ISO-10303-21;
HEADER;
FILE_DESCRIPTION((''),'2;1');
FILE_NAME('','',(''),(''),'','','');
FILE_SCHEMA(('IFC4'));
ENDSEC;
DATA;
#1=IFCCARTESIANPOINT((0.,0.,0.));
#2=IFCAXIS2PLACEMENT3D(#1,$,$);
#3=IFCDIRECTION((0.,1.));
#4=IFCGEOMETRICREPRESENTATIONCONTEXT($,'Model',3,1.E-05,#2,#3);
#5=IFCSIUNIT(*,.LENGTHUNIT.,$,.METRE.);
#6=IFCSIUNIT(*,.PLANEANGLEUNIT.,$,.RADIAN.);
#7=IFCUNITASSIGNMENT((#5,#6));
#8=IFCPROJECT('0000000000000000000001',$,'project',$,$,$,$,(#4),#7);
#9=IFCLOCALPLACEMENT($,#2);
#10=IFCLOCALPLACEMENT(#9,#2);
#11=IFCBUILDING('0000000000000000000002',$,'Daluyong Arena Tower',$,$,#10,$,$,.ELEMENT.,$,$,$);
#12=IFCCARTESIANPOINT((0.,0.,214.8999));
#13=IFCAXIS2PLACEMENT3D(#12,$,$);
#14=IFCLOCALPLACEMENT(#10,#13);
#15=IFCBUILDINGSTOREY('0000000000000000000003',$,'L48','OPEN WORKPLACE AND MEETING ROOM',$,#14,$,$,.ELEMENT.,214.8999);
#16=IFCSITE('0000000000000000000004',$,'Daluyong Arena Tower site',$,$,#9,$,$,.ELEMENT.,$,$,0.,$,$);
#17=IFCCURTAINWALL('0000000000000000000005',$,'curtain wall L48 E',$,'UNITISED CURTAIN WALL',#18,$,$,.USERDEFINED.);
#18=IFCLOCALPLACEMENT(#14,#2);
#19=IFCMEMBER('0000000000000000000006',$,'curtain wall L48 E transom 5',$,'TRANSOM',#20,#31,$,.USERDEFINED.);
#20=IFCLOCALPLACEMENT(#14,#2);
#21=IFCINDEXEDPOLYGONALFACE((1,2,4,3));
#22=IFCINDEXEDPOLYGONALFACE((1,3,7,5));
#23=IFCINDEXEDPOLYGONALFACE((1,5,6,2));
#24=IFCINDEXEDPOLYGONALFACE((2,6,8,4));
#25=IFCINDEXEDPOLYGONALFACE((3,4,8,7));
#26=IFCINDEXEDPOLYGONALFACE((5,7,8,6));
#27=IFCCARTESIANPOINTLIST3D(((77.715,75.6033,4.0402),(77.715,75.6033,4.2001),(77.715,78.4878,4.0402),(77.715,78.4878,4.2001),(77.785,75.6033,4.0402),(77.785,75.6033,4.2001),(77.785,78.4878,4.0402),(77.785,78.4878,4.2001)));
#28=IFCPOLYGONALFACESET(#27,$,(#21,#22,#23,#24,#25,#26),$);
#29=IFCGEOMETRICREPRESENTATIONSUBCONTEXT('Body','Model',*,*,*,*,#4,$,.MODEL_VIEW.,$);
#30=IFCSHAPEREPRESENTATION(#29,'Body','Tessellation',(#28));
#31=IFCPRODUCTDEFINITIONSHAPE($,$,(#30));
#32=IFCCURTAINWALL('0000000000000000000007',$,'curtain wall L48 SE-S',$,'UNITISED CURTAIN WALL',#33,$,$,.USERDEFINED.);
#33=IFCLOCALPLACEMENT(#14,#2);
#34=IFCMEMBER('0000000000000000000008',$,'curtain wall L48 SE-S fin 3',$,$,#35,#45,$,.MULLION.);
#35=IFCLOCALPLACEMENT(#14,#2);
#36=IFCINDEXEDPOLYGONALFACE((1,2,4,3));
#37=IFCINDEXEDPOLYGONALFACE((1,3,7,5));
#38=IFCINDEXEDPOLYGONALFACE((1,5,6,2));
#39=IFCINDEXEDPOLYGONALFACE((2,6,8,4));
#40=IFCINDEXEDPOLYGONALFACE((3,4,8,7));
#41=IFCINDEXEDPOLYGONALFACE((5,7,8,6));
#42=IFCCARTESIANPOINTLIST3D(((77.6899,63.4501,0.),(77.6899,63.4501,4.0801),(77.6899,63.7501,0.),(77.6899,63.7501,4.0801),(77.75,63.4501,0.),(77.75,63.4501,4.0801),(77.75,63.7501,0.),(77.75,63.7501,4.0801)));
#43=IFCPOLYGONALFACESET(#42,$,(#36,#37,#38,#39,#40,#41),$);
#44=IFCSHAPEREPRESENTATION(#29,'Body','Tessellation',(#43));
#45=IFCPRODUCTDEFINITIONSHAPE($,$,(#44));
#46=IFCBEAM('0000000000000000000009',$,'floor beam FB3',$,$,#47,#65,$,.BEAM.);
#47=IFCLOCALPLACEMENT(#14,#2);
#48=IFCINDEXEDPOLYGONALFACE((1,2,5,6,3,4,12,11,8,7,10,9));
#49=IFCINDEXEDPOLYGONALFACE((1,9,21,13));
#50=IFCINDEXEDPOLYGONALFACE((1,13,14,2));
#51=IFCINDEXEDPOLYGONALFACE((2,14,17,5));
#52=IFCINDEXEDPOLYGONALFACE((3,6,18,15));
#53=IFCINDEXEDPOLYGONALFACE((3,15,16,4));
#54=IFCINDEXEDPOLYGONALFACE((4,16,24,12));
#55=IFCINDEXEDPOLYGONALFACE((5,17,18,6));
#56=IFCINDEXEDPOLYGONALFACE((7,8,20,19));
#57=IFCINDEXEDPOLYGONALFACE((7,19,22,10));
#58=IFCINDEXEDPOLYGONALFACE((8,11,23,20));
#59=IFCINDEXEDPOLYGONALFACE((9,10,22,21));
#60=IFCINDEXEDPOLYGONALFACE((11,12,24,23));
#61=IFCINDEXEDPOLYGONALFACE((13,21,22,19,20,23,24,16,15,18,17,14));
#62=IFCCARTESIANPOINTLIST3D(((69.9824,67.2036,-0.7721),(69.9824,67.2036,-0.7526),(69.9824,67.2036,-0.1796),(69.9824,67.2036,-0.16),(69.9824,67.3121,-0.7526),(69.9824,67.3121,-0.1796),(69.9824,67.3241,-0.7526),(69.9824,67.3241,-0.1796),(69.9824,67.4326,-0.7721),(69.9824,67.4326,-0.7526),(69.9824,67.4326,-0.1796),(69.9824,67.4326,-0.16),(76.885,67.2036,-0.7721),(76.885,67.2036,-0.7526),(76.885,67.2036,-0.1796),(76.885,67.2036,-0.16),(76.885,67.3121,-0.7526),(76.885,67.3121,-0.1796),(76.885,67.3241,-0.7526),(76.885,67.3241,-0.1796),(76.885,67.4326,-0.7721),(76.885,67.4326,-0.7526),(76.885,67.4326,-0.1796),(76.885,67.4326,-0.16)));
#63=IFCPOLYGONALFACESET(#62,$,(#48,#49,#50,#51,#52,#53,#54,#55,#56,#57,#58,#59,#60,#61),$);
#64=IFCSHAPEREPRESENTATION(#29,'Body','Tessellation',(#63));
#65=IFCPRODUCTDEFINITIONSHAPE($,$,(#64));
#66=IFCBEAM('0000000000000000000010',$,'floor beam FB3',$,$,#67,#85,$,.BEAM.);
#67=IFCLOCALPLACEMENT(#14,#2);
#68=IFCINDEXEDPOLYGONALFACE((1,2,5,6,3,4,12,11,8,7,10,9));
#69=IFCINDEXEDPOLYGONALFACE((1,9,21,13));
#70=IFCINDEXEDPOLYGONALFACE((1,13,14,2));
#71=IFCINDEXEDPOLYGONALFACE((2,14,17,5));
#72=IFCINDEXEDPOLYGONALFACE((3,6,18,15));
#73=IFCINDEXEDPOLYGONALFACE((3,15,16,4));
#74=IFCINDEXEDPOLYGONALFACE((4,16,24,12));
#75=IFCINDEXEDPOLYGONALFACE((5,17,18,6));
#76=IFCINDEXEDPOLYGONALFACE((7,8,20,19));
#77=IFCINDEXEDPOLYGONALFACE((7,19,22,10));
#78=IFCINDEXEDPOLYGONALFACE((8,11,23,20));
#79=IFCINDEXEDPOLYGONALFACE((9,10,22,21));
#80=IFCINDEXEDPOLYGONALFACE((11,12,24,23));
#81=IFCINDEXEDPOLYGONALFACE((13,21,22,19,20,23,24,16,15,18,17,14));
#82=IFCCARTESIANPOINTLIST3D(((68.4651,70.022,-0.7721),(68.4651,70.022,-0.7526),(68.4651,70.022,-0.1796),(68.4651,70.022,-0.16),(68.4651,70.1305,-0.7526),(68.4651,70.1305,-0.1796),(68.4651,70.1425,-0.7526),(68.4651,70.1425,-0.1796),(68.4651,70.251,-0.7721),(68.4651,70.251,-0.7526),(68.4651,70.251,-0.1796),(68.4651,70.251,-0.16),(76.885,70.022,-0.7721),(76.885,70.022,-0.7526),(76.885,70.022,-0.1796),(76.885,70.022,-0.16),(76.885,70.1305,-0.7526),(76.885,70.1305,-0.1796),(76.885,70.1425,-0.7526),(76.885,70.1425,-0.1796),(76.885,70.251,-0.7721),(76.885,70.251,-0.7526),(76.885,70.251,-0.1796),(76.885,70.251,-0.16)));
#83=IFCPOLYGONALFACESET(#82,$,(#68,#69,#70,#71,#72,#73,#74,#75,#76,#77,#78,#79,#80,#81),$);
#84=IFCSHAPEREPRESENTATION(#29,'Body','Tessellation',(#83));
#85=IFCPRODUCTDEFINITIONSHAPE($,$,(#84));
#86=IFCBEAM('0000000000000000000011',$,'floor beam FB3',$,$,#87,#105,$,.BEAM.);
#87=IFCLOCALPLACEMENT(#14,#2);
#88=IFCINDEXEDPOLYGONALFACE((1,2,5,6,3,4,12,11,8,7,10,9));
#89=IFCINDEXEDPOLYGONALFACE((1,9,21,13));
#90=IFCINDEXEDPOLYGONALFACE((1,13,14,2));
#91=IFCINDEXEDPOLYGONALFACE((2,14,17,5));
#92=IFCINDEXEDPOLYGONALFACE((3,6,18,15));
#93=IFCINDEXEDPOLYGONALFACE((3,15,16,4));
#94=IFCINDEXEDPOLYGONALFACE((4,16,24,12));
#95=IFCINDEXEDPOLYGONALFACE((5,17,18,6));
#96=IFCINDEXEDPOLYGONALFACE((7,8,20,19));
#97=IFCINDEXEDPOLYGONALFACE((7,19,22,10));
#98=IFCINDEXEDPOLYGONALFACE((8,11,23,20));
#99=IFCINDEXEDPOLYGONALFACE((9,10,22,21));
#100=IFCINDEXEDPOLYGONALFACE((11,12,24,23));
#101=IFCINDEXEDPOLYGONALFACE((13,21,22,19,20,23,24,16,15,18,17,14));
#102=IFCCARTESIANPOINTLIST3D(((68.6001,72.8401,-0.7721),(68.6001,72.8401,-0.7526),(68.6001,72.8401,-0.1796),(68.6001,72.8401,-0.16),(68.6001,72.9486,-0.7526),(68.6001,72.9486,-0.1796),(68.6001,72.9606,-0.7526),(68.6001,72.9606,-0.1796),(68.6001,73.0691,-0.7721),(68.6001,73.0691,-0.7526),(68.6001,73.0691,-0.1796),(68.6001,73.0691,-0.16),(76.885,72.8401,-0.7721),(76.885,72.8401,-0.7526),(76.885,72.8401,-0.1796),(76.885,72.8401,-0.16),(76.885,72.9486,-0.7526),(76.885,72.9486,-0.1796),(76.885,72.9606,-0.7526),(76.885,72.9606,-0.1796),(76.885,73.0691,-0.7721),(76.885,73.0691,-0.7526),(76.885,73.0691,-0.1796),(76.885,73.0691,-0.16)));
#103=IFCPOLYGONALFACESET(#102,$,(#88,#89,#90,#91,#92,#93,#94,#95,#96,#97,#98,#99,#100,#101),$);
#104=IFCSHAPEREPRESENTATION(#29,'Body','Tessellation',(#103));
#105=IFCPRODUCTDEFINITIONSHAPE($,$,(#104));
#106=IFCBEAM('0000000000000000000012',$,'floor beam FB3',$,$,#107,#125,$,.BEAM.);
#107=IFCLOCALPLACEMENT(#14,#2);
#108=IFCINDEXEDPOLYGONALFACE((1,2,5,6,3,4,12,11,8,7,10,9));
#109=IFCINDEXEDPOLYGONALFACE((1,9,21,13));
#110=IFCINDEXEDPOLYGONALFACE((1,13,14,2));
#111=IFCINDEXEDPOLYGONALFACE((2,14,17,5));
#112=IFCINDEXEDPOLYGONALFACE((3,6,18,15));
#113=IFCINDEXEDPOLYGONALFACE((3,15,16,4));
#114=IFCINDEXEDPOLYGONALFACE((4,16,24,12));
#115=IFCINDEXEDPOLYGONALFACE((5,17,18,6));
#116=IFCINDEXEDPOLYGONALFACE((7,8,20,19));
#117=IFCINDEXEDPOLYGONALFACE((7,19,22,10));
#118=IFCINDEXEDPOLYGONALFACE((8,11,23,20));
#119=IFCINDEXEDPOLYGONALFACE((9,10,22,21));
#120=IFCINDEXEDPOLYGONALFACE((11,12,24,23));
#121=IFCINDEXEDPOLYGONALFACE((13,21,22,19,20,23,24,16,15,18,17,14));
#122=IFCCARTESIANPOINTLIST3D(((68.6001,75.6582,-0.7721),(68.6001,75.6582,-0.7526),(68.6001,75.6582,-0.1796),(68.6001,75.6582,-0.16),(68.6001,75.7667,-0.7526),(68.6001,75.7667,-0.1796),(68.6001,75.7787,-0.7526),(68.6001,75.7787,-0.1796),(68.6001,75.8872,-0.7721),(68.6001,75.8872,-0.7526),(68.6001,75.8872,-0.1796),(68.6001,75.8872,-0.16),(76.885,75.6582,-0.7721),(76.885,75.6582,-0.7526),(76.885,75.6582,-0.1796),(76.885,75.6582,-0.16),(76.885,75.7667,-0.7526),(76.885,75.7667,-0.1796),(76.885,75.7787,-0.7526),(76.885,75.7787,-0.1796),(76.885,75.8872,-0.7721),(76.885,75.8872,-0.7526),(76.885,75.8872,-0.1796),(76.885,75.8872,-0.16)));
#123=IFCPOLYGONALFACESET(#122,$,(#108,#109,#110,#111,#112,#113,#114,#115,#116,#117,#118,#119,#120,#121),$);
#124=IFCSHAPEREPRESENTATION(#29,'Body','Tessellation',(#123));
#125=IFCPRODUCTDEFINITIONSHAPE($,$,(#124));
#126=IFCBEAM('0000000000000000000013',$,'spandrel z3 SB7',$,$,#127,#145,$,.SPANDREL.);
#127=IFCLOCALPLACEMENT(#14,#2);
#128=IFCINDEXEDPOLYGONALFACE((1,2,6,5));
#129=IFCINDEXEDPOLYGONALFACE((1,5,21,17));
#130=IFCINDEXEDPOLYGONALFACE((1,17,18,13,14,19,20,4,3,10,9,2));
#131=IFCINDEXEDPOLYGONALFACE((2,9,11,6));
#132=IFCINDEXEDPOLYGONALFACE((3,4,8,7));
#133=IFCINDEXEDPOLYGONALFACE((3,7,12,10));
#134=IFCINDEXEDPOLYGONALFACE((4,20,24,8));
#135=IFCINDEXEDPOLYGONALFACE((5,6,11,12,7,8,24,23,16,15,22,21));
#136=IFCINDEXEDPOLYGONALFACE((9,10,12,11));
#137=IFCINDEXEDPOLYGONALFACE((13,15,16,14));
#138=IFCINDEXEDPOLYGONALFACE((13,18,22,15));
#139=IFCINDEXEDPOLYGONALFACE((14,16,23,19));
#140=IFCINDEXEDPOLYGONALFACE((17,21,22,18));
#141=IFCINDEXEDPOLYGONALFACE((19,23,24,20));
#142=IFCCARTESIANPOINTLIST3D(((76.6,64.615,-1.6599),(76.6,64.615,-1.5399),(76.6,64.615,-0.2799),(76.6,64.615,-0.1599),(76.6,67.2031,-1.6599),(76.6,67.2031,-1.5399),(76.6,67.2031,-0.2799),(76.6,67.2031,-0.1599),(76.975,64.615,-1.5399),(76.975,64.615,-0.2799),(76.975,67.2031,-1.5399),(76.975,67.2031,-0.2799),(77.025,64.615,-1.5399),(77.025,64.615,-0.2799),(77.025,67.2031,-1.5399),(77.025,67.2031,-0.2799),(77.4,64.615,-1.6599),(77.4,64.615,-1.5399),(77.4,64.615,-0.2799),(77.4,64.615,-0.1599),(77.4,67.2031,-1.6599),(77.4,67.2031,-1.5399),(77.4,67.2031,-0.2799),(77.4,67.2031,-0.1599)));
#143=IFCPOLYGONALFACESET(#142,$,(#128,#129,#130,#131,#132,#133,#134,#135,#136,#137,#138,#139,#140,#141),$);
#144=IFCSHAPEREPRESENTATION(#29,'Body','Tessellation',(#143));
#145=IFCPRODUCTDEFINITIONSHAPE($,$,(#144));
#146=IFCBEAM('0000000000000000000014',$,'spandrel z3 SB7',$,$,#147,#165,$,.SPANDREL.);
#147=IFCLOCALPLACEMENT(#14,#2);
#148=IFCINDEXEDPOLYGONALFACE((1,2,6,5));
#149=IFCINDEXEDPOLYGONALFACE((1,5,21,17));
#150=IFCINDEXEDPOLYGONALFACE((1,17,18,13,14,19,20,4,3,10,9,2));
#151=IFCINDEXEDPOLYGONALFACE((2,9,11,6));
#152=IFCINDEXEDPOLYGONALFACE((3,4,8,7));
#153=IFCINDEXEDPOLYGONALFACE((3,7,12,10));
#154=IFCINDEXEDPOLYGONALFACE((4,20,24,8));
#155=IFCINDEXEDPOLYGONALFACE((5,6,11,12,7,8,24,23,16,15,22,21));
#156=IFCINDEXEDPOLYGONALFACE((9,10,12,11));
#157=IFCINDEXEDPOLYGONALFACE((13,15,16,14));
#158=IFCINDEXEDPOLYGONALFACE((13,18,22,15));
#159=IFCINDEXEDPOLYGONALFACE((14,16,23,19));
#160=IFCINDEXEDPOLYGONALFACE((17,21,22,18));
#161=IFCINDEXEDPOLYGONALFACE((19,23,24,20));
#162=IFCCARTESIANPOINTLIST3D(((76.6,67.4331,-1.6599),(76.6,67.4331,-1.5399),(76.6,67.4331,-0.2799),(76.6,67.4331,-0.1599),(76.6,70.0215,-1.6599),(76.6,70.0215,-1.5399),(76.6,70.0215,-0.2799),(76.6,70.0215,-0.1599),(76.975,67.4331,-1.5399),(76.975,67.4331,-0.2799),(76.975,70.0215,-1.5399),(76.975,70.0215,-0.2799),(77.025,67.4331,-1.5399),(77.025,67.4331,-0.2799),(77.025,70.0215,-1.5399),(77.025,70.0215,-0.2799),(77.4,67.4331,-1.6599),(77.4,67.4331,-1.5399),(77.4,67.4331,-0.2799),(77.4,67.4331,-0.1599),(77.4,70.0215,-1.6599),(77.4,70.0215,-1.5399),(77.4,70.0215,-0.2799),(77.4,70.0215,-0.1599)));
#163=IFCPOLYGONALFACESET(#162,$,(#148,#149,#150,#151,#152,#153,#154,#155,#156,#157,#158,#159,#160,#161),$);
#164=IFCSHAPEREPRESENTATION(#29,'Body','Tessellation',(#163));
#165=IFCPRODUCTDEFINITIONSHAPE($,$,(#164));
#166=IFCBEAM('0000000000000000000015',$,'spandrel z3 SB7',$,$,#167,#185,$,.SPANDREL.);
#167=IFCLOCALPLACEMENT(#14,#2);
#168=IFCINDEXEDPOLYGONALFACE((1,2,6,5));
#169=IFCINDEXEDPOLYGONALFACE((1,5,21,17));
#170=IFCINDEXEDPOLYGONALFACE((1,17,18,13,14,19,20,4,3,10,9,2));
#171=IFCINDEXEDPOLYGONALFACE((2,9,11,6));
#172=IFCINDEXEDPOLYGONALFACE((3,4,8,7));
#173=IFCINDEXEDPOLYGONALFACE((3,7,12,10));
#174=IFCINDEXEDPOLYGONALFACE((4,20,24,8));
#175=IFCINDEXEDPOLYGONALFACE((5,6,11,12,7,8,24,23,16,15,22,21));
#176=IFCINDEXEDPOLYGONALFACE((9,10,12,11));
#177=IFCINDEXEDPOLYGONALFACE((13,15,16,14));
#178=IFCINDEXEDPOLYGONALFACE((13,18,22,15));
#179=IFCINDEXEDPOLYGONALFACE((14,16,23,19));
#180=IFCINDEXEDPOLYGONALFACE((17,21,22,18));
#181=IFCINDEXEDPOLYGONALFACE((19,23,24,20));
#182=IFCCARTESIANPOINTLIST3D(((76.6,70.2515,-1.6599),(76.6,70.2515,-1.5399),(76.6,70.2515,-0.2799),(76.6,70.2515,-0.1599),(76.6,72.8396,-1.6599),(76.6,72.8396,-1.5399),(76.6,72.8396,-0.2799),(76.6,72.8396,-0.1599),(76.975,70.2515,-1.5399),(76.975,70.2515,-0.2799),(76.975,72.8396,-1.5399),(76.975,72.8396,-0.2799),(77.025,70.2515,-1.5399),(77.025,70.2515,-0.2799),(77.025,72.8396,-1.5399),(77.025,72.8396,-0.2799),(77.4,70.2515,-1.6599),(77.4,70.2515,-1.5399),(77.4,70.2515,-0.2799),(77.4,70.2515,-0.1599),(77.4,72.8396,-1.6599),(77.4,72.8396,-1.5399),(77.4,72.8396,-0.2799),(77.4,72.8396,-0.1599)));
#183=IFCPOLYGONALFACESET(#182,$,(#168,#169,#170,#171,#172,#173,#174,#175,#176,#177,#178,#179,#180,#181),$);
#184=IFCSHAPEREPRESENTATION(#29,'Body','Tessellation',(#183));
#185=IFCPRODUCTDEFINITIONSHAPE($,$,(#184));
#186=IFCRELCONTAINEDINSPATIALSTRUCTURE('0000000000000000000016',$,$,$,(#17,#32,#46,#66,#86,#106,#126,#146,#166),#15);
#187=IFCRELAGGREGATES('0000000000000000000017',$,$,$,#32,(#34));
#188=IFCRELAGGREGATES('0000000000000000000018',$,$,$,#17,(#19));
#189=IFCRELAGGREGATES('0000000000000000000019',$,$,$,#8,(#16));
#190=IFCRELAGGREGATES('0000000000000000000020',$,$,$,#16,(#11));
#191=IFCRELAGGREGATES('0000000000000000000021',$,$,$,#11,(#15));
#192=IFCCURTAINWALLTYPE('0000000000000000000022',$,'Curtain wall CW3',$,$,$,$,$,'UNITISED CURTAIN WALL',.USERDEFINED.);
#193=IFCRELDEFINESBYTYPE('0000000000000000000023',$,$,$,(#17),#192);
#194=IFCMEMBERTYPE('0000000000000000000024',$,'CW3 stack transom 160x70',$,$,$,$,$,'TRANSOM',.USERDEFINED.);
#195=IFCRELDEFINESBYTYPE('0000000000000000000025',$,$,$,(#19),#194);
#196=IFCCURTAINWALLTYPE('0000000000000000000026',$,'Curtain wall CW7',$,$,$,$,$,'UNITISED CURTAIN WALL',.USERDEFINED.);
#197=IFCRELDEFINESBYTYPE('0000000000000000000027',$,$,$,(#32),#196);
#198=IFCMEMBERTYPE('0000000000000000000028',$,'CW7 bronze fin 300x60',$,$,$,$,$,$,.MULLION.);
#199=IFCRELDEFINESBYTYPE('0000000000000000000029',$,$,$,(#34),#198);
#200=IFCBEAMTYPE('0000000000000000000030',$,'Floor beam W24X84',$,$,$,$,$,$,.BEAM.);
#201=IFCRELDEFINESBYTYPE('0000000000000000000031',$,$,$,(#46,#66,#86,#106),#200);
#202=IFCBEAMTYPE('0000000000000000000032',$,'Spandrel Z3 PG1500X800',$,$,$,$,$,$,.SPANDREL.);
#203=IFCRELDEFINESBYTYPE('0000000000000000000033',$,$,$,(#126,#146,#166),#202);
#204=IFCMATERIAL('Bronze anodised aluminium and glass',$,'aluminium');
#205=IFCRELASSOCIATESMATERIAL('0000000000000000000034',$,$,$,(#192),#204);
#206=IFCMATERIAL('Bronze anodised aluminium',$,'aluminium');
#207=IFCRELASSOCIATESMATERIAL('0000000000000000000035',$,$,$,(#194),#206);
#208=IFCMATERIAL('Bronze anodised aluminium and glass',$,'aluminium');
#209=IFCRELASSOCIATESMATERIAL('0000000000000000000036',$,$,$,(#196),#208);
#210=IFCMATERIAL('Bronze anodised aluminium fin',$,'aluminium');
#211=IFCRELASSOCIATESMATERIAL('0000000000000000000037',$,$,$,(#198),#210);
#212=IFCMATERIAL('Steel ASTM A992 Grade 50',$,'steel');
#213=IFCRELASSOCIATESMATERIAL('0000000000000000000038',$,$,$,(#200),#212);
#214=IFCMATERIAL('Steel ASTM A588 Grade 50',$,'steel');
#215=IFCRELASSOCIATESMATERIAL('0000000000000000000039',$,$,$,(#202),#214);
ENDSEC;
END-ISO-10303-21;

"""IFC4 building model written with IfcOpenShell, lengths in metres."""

from ifc_helpers import new_model, si_unit, direction, frame, origin, origin_2d, place, context, subcontext, project, spatial, rectangle, i_section, extrude, material, material_profile, profile_set, type_object, element, aggregate, save


model = new_model("IFC4")

# Units and contexts
model_context = context("Model", 3, precision=1e-05, world=origin(), true_north=direction((0.0, 1.0)))
body_context = subcontext(model_context, "Body", "Model", "MODEL_VIEW")
ifc_project = project(units=[si_unit("LENGTHUNIT", "METRE"), si_unit("PLANEANGLEUNIT", "RADIAN")], contexts=[model_context])

# Site, building, storey
site_placement = place(None, origin())
site = spatial("IfcSite", under=ifc_project, at=site_placement, Name="Daluyong Arena Tower site", CompositionType="ELEMENT", RefElevation=0.0)
building_placement = place(site_placement, origin())
building = spatial("IfcBuilding", under=site, at=building_placement, Name="Daluyong Arena Tower", CompositionType="ELEMENT")
storey_placement = place(building_placement, frame((0.0, 0.0, 214.8999)))
storey = spatial("IfcBuildingStorey", under=building, at=storey_placement, Name="L48", Description="OPEN WORKPLACE AND MEETING ROOM", CompositionType="ELEMENT", Elevation=214.8999)

# Curtain wall, member
ifc_material_1 = material(Name="Bronze anodised aluminium and glass", Category="aluminium")
curtain_wall_type_1 = type_object("IfcCurtainWallType", Name="Curtain wall CW3", ElementType="UNITISED CURTAIN WALL", PredefinedType="USERDEFINED", material=ifc_material_1)
curtain_wall_1_placement = place(storey_placement, origin())
curtain_wall_1 = element("IfcCurtainWall", 1, at=curtain_wall_1_placement, inside=storey, type_object=curtain_wall_type_1, Name="curtain wall L48 E", ObjectType="UNITISED CURTAIN WALL", PredefinedType="USERDEFINED")
ifc_material_2 = material(Name="Bronze anodised aluminium", Category="aluminium")
ifc_material_profile_1 = material_profile(ifc_material_2, rectangle(XDim=0.0701, YDim=0.1599, at=origin_2d()))
ifc_profile_set_1 = profile_set([ifc_material_profile_1], Name="Bronze anodised aluminium")
member_type_1 = type_object("IfcMemberType", Name="CW3 stack transom 160x70", ElementType="TRANSOM", PredefinedType="USERDEFINED", material=ifc_profile_set_1)
member_1_placement = place(storey_placement, frame((77.75, 75.6033, 4.1201), z_axis=(0.0, 1.0, 0.0), x_axis=(-1.0, 0.0, 0.0)))
member_1 = element("IfcMember", 2, at=member_1_placement, type_object=member_type_1, Name="curtain wall L48 E transom 5", ObjectType="TRANSOM", PredefinedType="USERDEFINED", context=body_context, shape_type="SweptSolid", body=[
    extrude(rectangle(XDim=0.0701, YDim=0.1599, at=origin_2d()), origin(), (0.0, 0.0, 1.0), 2.8845),
])

# Curtain wall, member
ifc_material_3 = material(Name="Bronze anodised aluminium and glass", Category="aluminium")
curtain_wall_type_2 = type_object("IfcCurtainWallType", Name="Curtain wall CW7", ElementType="UNITISED CURTAIN WALL", PredefinedType="USERDEFINED", material=ifc_material_3)
curtain_wall_2_placement = place(storey_placement, origin())
curtain_wall_2 = element("IfcCurtainWall", 3, at=curtain_wall_2_placement, inside=storey, type_object=curtain_wall_type_2, Name="curtain wall L48 SE-S", ObjectType="UNITISED CURTAIN WALL", PredefinedType="USERDEFINED")
ifc_material_4 = material(Name="Bronze anodised aluminium fin", Category="aluminium")
ifc_material_profile_2 = material_profile(ifc_material_4, rectangle(XDim=0.3, YDim=0.0601, at=origin_2d()))
ifc_profile_set_2 = profile_set([ifc_material_profile_2], Name="Bronze anodised aluminium fin")
member_type_2 = type_object("IfcMemberType", Name="CW7 bronze fin 300x60", PredefinedType="MULLION", material=ifc_profile_set_2)
member_2_placement = place(storey_placement, frame((77.72, 63.6001, 0.0), z_axis=(0.0, 0.0, 1.0), x_axis=(0.0, 1.0, 0.0)))
member_2 = element("IfcMember", 4, at=member_2_placement, type_object=member_type_2, Name="curtain wall L48 SE-S fin 3", PredefinedType="MULLION", context=body_context, shape_type="SweptSolid", body=[
    extrude(rectangle(XDim=0.3, YDim=0.0601, at=origin_2d()), origin(), (0.0, 0.0, 1.0), 4.0801),
])
aggregate(curtain_wall_2, [member_2])

# Beams
ifc_material_5 = material(Name="Steel ASTM A992 Grade 50", Category="steel")
ifc_material_profile_3 = material_profile(ifc_material_5, i_section(OverallWidth=0.229, OverallDepth=0.6121, WebThickness=0.012, FlangeThickness=0.0195, at=origin_2d()))
ifc_profile_set_3 = profile_set([ifc_material_profile_3], Name="Steel ASTM A992 Grade 50")
beam_type_1 = type_object("IfcBeamType", Name="Floor beam W24X84", PredefinedType="BEAM", material=ifc_profile_set_3)
beam_1_placement = place(storey_placement, frame((76.885, 67.3181, -0.4661), z_axis=(-1.0, 0.0, 0.0), x_axis=(0.0, -1.0, 0.0)))
element("IfcBeam", 5, at=beam_1_placement, inside=storey, type_object=beam_type_1, Name="floor beam FB3", PredefinedType="BEAM", context=body_context, shape_type="SweptSolid", body=[
    extrude(i_section(OverallWidth=0.229, OverallDepth=0.6121, WebThickness=0.012, FlangeThickness=0.0195, at=origin_2d()), origin(), (0.0, 0.0, 1.0), 6.9026),
])
beam_2_placement = place(storey_placement, frame((76.885, 70.1365, -0.4661), z_axis=(-1.0, 0.0, 0.0), x_axis=(0.0, -1.0, 0.0)))
element("IfcBeam", 6, at=beam_2_placement, inside=storey, type_object=beam_type_1, Name="floor beam FB3", PredefinedType="BEAM", context=body_context, shape_type="SweptSolid", body=[
    extrude(i_section(OverallWidth=0.229, OverallDepth=0.6121, WebThickness=0.012, FlangeThickness=0.0195, at=origin_2d()), origin(), (0.0, 0.0, 1.0), 8.4199),
])
for number, where, z_axis, x_axis, name in (
    (7, (76.885, 72.9546, -0.4661), (-1.0, 0.0, 0.0), (0.0, -1.0, 0.0), "floor beam FB3"),
    (8, (76.885, 75.7727, -0.4661), (-1.0, 0.0, 0.0), (0.0, -1.0, 0.0), "floor beam FB3"),
):
    element("IfcBeam", number, at=place(storey_placement, frame(where, z_axis=z_axis, x_axis=x_axis)), inside=storey, type_object=beam_type_1, Name=name, PredefinedType="BEAM", context=body_context, shape_type="SweptSolid", body=[
        extrude(i_section(OverallWidth=0.229, OverallDepth=0.6121, WebThickness=0.012, FlangeThickness=0.0195, at=origin_2d()), origin(), (0.0, 0.0, 1.0), 8.2849),
    ])
ifc_material_6 = material(Name="Steel ASTM A588 Grade 50", Category="steel")
ifc_material_profile_4 = material_profile(ifc_material_6, i_section(OverallWidth=0.8, OverallDepth=1.5, WebThickness=0.05, FlangeThickness=0.12, at=origin_2d()))
ifc_profile_set_4 = profile_set([ifc_material_profile_4], Name="Steel ASTM A588 Grade 50")
beam_type_2 = type_object("IfcBeamType", Name="Spandrel Z3 PG1500X800", PredefinedType="SPANDREL", material=ifc_profile_set_4)
beam_3_placement = place(storey_placement, frame((77.0, 64.615, -0.9099), z_axis=(0.0, 1.0, 0.0), x_axis=(-1.0, 0.0, 0.0)))
element("IfcBeam", 9, at=beam_3_placement, inside=storey, type_object=beam_type_2, Name="spandrel z3 SB7", PredefinedType="SPANDREL", context=body_context, shape_type="SweptSolid", body=[
    extrude(i_section(OverallWidth=0.8, OverallDepth=1.5, WebThickness=0.05, FlangeThickness=0.12, at=origin_2d()), origin(), (0.0, 0.0, 1.0), 2.5881),
])
beam_4_placement = place(storey_placement, frame((77.0, 67.4331, -0.9099), z_axis=(0.0, 1.0, 0.0), x_axis=(-1.0, 0.0, 0.0)))
element("IfcBeam", 10, at=beam_4_placement, inside=storey, type_object=beam_type_2, Name="spandrel z3 SB7", PredefinedType="SPANDREL", context=body_context, shape_type="SweptSolid", body=[
    extrude(i_section(OverallWidth=0.8, OverallDepth=1.5, WebThickness=0.05, FlangeThickness=0.12, at=origin_2d()), origin(), (0.0, 0.0, 1.0), 2.5884),
])
for number, where, z_axis, x_axis, name in (
    (11, (77.0, 70.2515, -0.9099), (0.0, 1.0, 0.0), (-1.0, 0.0, 0.0), "spandrel z3 SB7"),
):
    element("IfcBeam", number, at=place(storey_placement, frame(where, z_axis=z_axis, x_axis=x_axis)), inside=storey, type_object=beam_type_2, Name=name, PredefinedType="SPANDREL", context=body_context, shape_type="SweptSolid", body=[
        extrude(i_section(OverallWidth=0.8, OverallDepth=1.5, WebThickness=0.05, FlangeThickness=0.12, at=origin_2d()), origin(), (0.0, 0.0, 1.0), 2.5881),
    ])

aggregate(curtain_wall_1, [member_1])

save(model, "model.ifc")
